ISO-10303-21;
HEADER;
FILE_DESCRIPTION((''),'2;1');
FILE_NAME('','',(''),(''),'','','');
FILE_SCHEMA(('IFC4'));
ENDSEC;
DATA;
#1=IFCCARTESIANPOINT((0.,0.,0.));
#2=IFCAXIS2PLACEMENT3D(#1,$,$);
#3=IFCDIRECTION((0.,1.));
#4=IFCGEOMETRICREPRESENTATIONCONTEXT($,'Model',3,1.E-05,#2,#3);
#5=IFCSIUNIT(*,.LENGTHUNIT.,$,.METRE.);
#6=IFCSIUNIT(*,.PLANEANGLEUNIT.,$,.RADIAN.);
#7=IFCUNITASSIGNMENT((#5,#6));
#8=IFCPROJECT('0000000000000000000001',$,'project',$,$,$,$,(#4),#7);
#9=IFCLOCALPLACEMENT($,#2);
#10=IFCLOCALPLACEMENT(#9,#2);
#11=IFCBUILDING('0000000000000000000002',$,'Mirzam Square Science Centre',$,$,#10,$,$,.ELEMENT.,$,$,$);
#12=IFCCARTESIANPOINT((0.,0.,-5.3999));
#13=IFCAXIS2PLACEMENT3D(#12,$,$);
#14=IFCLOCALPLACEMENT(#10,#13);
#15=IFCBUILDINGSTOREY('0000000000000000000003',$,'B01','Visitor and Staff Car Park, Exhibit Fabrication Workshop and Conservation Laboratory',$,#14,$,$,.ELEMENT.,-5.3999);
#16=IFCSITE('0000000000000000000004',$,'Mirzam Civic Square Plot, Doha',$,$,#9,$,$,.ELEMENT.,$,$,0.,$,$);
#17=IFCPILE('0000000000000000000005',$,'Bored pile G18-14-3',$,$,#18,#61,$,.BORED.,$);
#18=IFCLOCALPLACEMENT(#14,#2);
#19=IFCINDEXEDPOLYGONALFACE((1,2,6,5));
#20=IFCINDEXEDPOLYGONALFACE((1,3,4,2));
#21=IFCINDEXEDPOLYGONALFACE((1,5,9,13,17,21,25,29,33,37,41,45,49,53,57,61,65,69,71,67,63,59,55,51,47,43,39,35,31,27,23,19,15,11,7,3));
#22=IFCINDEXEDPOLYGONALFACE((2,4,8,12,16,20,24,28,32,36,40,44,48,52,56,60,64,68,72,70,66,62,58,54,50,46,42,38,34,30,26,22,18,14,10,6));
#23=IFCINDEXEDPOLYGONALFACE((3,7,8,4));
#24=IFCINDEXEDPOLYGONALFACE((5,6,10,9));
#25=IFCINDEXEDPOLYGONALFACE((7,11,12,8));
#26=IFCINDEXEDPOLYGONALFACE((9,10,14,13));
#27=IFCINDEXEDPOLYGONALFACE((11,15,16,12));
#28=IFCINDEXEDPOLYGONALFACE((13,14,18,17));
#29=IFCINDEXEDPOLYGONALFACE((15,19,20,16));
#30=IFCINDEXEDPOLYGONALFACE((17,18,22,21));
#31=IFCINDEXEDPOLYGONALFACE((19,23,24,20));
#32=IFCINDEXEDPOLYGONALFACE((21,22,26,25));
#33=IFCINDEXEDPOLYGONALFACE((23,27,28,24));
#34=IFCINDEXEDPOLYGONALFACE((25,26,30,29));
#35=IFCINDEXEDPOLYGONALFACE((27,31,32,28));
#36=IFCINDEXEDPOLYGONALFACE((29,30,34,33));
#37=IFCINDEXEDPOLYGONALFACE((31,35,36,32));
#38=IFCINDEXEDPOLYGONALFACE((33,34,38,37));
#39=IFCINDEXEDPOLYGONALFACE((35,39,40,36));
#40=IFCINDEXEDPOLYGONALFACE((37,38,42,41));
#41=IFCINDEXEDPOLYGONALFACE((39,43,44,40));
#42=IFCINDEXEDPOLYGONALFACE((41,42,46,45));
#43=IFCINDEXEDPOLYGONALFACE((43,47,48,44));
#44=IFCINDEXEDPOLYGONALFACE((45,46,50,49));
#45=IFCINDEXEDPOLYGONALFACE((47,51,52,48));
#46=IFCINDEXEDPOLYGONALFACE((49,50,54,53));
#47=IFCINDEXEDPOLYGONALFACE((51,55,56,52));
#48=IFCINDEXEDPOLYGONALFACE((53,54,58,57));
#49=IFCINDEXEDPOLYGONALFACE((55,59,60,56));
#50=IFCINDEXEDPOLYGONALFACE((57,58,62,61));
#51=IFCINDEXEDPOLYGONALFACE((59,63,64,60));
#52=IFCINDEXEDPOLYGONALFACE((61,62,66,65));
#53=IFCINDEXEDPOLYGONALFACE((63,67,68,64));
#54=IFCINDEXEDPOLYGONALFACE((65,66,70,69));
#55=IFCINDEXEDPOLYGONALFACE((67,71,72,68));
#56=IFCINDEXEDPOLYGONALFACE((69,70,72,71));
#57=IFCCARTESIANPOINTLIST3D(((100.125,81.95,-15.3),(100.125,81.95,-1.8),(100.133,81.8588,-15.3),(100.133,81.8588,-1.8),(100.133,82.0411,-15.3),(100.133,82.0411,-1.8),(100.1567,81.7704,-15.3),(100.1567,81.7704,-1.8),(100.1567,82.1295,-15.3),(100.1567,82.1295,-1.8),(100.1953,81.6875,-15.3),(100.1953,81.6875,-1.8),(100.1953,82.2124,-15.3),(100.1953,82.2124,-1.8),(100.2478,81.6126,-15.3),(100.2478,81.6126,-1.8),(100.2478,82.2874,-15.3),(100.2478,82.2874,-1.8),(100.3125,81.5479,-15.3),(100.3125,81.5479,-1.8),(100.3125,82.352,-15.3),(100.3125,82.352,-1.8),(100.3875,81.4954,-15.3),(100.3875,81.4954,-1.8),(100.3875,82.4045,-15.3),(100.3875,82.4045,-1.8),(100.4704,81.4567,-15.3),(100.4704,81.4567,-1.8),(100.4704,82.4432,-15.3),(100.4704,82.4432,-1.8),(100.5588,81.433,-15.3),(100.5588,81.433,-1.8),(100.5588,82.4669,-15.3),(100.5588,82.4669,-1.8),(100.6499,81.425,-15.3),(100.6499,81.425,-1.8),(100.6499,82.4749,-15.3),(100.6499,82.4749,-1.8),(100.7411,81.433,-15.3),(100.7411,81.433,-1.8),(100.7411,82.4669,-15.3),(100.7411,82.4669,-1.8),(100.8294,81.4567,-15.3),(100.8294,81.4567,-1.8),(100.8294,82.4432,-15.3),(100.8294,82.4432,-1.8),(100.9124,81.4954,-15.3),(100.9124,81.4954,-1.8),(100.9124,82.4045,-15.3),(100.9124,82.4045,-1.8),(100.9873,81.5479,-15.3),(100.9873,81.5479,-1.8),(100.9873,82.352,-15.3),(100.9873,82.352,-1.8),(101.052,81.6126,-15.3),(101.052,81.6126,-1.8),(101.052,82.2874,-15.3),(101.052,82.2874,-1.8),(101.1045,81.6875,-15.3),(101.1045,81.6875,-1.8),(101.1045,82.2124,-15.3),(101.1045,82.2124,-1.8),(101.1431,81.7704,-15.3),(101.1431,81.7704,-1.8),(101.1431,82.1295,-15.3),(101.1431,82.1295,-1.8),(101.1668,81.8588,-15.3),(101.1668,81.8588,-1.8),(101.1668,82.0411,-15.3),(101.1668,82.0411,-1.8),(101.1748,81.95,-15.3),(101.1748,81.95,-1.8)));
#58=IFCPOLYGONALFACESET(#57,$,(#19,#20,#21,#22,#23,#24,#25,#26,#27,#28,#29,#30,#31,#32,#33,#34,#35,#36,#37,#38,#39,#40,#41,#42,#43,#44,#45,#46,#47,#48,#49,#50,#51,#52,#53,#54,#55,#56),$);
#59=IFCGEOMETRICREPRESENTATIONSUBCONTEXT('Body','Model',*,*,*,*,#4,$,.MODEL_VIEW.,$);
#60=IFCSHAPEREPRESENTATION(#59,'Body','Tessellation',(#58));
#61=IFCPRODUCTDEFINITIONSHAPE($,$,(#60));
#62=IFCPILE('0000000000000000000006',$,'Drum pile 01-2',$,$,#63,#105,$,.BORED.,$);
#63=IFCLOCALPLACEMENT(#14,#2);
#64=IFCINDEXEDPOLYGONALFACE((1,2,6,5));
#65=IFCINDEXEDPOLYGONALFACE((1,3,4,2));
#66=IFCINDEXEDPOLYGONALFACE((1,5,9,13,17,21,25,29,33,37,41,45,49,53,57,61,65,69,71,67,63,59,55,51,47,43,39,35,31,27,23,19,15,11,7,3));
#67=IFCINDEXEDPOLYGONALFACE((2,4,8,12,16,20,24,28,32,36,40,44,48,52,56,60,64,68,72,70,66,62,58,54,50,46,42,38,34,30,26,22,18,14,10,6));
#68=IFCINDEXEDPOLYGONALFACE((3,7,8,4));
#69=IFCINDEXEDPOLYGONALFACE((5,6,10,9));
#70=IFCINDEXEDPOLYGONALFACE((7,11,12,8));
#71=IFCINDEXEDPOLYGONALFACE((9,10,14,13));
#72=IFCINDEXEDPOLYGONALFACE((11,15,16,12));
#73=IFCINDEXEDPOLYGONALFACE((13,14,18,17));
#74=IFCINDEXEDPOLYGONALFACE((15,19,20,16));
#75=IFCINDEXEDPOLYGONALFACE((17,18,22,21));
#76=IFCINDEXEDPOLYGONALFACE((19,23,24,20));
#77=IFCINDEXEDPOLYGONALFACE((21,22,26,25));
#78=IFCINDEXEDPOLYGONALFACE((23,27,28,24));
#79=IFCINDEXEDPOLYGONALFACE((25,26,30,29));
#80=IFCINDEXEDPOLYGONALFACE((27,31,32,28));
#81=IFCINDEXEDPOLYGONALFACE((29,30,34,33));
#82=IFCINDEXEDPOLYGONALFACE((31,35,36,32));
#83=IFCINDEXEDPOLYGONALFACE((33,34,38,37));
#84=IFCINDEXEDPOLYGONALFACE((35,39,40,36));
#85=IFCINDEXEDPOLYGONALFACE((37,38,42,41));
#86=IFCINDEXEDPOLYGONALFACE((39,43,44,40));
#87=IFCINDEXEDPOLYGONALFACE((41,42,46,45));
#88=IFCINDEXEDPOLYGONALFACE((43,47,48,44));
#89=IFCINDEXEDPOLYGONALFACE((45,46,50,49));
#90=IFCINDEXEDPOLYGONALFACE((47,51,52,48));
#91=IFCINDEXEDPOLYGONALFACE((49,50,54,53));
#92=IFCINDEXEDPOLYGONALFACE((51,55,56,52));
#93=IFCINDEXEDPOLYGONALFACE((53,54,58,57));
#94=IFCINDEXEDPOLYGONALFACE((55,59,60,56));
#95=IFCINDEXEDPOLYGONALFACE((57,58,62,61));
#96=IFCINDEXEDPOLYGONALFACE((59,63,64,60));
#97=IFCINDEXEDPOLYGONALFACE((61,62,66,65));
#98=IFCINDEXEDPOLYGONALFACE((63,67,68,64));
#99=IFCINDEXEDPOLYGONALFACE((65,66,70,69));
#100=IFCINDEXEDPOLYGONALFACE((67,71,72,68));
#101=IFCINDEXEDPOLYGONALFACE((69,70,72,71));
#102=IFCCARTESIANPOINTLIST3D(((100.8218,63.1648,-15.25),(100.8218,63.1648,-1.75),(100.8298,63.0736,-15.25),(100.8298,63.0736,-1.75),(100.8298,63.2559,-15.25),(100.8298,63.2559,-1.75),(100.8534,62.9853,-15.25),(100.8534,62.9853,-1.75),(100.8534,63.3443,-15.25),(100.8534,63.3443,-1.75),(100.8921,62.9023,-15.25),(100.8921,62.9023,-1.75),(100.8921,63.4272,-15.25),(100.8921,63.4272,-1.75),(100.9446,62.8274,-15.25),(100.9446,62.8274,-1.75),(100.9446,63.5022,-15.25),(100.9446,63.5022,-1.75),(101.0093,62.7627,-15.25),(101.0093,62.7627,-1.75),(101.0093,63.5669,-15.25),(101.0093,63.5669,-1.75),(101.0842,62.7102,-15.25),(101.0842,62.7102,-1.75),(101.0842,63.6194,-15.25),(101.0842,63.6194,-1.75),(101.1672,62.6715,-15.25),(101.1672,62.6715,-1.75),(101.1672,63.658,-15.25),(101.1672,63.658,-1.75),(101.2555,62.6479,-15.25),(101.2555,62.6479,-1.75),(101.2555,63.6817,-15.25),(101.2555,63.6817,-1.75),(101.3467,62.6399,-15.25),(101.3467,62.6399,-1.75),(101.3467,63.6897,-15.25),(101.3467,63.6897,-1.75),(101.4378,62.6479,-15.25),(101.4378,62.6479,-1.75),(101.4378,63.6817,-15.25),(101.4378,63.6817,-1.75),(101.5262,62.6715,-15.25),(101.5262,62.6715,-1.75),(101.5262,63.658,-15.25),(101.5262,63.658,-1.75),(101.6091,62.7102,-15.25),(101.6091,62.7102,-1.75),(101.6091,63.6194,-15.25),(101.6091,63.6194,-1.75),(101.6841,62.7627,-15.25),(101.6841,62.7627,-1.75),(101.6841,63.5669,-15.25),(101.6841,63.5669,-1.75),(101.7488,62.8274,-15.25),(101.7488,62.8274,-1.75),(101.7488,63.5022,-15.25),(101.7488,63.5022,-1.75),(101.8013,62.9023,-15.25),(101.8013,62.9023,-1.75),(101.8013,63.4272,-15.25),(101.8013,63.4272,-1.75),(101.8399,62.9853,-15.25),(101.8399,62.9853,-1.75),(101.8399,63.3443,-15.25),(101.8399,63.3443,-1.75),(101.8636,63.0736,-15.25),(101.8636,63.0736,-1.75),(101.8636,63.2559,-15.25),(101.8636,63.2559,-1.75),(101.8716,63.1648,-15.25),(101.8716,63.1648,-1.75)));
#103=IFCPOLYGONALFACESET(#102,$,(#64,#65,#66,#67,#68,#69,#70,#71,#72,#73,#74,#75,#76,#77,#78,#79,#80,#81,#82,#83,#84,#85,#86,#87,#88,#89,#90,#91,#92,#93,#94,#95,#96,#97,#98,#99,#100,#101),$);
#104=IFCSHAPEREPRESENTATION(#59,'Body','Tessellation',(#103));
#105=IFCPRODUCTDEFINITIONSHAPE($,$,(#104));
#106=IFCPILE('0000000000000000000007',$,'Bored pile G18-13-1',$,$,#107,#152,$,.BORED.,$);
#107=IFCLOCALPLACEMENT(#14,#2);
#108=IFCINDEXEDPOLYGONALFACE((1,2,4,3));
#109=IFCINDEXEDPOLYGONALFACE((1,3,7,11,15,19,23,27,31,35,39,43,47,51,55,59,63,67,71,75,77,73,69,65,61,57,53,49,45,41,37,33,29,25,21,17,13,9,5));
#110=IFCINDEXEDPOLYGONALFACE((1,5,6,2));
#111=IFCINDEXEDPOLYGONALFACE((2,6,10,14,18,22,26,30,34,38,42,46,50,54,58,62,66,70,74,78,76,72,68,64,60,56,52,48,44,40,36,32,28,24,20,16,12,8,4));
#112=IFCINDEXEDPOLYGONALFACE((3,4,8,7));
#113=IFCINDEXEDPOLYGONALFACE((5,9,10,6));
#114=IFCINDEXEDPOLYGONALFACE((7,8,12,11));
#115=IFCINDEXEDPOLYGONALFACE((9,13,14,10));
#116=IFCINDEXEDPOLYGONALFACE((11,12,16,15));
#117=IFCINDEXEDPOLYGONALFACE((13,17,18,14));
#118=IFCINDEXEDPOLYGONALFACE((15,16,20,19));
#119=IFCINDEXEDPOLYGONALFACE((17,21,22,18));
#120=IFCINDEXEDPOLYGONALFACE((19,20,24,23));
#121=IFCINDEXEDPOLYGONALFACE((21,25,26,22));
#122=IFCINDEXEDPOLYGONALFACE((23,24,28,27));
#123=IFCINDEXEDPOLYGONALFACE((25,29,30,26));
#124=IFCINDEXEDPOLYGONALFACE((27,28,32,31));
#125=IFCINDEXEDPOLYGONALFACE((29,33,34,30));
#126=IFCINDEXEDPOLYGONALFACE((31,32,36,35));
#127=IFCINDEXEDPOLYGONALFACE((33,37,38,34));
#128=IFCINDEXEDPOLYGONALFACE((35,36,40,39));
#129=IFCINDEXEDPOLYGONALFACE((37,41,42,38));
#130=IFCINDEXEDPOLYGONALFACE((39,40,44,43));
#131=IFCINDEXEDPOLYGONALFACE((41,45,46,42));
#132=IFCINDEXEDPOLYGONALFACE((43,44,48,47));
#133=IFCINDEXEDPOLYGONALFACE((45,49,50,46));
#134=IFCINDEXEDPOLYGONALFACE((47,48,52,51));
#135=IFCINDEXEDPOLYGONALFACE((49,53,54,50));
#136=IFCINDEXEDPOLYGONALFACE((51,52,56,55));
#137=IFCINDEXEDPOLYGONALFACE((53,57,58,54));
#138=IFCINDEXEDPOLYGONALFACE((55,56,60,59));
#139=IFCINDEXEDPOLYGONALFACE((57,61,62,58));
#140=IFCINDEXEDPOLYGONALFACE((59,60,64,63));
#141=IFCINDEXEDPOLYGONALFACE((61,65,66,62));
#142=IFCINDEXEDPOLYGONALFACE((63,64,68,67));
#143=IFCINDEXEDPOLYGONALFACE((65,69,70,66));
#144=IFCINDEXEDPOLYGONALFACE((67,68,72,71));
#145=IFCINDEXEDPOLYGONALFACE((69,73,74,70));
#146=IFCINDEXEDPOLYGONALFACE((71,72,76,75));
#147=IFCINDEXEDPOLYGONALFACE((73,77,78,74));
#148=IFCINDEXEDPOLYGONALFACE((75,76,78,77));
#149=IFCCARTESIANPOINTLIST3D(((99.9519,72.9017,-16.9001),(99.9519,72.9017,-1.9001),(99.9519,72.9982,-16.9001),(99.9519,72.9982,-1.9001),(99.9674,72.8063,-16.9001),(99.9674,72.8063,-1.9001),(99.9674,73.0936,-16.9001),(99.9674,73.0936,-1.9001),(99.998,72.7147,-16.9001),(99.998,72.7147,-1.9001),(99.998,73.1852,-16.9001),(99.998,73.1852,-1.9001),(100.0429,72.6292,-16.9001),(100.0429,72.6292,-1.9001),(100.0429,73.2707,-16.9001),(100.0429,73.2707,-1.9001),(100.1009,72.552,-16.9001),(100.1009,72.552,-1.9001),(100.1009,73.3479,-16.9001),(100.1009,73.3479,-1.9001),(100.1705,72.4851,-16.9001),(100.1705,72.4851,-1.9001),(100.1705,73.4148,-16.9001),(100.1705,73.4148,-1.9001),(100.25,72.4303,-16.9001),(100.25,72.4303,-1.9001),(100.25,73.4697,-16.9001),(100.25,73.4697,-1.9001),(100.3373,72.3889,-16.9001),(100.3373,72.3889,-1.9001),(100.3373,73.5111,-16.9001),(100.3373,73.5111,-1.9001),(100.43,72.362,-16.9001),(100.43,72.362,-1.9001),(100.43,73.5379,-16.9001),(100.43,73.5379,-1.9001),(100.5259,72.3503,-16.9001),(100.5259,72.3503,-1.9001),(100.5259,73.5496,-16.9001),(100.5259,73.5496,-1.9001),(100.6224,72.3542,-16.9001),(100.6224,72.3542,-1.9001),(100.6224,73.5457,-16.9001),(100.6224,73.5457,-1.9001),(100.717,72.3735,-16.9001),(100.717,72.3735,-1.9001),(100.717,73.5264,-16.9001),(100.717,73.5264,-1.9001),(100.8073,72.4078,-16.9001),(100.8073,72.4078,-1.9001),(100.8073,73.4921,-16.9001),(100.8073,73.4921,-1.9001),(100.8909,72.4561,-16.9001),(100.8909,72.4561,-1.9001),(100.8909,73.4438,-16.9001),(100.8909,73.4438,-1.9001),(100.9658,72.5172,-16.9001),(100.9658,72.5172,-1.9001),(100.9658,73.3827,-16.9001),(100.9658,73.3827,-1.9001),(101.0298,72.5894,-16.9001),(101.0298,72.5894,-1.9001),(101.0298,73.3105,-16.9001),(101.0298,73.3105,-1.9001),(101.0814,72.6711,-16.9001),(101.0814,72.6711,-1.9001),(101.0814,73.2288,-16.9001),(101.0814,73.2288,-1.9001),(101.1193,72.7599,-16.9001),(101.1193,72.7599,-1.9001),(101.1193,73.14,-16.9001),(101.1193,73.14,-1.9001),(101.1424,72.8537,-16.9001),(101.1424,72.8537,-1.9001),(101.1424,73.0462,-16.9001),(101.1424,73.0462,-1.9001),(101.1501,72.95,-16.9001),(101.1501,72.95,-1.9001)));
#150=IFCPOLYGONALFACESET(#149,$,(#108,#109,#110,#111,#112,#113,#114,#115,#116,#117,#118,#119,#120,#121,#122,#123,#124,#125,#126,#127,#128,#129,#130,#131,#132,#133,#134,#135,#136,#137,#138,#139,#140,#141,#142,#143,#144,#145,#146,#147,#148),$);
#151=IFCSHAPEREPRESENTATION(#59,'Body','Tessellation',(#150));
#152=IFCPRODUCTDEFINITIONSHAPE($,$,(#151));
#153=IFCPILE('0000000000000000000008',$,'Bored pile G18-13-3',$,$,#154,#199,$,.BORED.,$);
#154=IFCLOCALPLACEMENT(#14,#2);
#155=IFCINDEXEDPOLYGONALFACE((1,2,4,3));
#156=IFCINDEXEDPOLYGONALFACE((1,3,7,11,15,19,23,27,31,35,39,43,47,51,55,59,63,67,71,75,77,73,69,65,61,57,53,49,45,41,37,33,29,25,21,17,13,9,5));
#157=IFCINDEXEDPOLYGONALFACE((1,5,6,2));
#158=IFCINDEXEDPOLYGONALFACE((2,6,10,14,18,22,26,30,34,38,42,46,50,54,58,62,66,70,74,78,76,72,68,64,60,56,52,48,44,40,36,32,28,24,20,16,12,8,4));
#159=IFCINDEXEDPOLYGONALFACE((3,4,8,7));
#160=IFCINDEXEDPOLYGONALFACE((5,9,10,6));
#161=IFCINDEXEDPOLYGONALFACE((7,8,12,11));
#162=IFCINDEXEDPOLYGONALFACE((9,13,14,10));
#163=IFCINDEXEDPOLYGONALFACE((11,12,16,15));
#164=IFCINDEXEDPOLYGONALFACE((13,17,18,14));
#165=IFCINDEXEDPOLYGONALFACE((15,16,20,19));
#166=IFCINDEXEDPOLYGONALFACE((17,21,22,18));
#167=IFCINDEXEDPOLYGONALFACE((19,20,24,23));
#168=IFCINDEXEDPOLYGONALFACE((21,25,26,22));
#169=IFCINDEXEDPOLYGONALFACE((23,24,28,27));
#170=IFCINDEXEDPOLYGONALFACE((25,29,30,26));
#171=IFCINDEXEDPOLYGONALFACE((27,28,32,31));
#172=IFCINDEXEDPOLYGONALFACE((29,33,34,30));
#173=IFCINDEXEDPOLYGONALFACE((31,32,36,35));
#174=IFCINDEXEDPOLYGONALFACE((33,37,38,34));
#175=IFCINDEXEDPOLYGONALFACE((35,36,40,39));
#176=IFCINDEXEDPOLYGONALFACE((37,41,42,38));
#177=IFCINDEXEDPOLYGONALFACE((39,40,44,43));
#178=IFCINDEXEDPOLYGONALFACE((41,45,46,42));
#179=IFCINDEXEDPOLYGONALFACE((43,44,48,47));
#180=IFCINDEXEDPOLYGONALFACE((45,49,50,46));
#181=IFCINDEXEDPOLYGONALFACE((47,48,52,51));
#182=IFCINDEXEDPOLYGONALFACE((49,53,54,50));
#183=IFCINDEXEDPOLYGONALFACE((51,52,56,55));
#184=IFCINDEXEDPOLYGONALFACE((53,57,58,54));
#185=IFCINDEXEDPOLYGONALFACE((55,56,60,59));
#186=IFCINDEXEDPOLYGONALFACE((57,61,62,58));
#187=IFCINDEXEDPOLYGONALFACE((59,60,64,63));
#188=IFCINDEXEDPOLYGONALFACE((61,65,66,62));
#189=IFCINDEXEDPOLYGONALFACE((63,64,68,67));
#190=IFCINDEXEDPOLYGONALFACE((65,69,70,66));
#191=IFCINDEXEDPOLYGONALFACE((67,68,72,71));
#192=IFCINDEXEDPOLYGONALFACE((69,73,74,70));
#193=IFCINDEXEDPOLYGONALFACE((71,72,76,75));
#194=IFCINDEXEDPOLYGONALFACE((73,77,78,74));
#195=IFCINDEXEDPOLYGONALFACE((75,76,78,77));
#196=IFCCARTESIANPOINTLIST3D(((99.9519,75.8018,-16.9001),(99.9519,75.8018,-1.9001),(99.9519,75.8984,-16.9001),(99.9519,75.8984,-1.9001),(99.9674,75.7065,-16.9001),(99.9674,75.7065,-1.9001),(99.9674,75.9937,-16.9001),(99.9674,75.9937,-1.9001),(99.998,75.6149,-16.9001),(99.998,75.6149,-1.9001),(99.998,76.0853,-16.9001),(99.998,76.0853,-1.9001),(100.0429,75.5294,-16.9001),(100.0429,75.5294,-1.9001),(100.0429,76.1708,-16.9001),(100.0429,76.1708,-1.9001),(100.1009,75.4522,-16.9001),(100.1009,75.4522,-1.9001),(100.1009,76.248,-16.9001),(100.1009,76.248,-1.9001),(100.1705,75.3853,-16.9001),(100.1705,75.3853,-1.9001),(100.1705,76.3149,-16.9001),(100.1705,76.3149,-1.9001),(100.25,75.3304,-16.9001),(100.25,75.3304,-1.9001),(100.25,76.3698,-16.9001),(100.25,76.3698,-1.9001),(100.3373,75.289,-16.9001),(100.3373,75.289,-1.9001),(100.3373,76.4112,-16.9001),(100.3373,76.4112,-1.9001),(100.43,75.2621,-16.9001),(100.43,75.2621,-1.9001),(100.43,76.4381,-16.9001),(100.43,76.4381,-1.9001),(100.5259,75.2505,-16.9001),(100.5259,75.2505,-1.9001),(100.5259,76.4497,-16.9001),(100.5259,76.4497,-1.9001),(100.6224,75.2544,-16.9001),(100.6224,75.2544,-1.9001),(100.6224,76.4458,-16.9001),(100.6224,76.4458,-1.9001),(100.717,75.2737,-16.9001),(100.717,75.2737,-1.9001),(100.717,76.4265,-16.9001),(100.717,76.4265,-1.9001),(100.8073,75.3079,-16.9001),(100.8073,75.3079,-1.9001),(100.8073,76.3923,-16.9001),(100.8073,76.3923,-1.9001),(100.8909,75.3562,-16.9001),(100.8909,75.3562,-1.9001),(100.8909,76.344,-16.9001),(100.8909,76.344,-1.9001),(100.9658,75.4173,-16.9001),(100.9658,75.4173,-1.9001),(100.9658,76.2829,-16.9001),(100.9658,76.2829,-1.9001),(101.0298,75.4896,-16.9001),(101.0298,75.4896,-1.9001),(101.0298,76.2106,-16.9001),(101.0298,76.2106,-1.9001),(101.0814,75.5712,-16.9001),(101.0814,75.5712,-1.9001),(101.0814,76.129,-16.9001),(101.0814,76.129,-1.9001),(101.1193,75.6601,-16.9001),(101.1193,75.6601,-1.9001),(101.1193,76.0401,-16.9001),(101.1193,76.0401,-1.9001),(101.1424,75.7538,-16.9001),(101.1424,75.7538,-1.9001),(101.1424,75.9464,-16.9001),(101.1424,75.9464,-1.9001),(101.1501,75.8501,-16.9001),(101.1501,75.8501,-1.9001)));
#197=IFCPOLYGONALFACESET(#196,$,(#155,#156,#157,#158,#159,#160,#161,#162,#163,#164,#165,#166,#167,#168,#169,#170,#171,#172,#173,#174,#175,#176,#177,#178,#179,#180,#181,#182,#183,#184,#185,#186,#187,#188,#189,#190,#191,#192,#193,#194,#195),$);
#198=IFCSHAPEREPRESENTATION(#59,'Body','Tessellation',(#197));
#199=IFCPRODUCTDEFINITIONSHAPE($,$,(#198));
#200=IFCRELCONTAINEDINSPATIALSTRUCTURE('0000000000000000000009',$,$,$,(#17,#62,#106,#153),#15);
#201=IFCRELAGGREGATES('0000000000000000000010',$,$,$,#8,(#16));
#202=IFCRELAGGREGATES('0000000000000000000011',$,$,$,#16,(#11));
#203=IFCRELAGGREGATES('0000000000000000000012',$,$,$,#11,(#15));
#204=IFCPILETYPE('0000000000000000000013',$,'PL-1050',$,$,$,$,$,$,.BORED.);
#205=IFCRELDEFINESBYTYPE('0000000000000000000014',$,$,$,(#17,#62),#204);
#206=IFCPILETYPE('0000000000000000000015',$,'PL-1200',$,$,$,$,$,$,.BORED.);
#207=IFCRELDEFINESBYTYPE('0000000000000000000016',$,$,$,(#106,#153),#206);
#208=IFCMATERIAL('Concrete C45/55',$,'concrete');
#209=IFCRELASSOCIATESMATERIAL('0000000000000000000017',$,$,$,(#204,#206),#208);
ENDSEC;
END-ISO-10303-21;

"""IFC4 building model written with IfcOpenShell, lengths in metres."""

from ifc_helpers import new_model, si_unit, direction, frame, origin, origin_2d, place, context, subcontext, project, spatial, circle, extrude, material, material_profile, profile_set, type_object, element, save


model = new_model("IFC4")

# Units and contexts
model_context = context("Model", 3, precision=1e-05, world=origin(), true_north=direction((0.0, 1.0)))
body_context = subcontext(model_context, "Body", "Model", "MODEL_VIEW")
ifc_project = project(units=[si_unit("LENGTHUNIT", "METRE"), si_unit("PLANEANGLEUNIT", "RADIAN")], contexts=[model_context])

# Site, building, storey
site_placement = place(None, origin())
site = spatial("IfcSite", under=ifc_project, at=site_placement, Name="Mirzam Civic Square Plot, Doha", CompositionType="ELEMENT", RefElevation=0.0)
building_placement = place(site_placement, origin())
building = spatial("IfcBuilding", under=site, at=building_placement, Name="Mirzam Square Science Centre", CompositionType="ELEMENT")
storey_placement = place(building_placement, frame((0.0, 0.0, -5.3999)))
storey = spatial("IfcBuildingStorey", under=building, at=storey_placement, Name="B01", Description="Visitor and Staff Car Park, Exhibit Fabrication Workshop and Conservation Laboratory", CompositionType="ELEMENT", Elevation=-5.3999)

# Shared definitions
ifc_material_1 = material(Name="Concrete C45/55", Category="concrete")

# Piles
ifc_material_profile_1 = material_profile(ifc_material_1, circle(Radius=0.5249, at=origin_2d()), Name="PILE-D1050")
ifc_profile_set_1 = profile_set([ifc_material_profile_1], Name="Concrete C45/55")
pile_type_1 = type_object("IfcPileType", Name="PL-1050", PredefinedType="BORED", material=ifc_profile_set_1)
for number, where, z_axis, x_axis, name in (
    (1, (100.6499, 81.95, -1.8), (0.0, 0.0, -1.0), (1.0, 0.0, 0.0), "Bored pile G18-14-3"),
    (2, (101.3467, 63.1648, -1.75), (0.0, 0.0, -1.0), (1.0, 0.0, 0.0), "Drum pile 01-2"),
):
    element("IfcPile", number, at=place(storey_placement, frame(where, z_axis=z_axis, x_axis=x_axis)), inside=storey, type_object=pile_type_1, Name=name, PredefinedType="BORED", context=body_context, shape_type="SweptSolid", body=[
        extrude(circle(Radius=0.5249, at=origin_2d()), origin(), (0.0, 0.0, 1.0), 13.5),
    ])
ifc_material_profile_2 = material_profile(ifc_material_1, circle(Radius=0.6001, at=origin_2d()), Name="PILE-D1200")
ifc_profile_set_2 = profile_set([ifc_material_profile_2], Name="Concrete C45/55")
pile_type_2 = type_object("IfcPileType", Name="PL-1200", PredefinedType="BORED", material=ifc_profile_set_2)
for number, where, z_axis, x_axis, name in (
    (3, (100.55, 72.95, -1.9001), (0.0, 0.0, -1.0), (1.0, 0.0, 0.0), "Bored pile G18-13-1"),
    (4, (100.55, 75.8501, -1.9001), (0.0, 0.0, -1.0), (1.0, 0.0, 0.0), "Bored pile G18-13-3"),
):
    element("IfcPile", number, at=place(storey_placement, frame(where, z_axis=z_axis, x_axis=x_axis)), inside=storey, type_object=pile_type_2, Name=name, PredefinedType="BORED", context=body_context, shape_type="SweptSolid", body=[
        extrude(circle(Radius=0.6001, at=origin_2d()), origin(), (0.0, 0.0, 1.0), 15.0),
    ])

save(model, "model.ifc")
